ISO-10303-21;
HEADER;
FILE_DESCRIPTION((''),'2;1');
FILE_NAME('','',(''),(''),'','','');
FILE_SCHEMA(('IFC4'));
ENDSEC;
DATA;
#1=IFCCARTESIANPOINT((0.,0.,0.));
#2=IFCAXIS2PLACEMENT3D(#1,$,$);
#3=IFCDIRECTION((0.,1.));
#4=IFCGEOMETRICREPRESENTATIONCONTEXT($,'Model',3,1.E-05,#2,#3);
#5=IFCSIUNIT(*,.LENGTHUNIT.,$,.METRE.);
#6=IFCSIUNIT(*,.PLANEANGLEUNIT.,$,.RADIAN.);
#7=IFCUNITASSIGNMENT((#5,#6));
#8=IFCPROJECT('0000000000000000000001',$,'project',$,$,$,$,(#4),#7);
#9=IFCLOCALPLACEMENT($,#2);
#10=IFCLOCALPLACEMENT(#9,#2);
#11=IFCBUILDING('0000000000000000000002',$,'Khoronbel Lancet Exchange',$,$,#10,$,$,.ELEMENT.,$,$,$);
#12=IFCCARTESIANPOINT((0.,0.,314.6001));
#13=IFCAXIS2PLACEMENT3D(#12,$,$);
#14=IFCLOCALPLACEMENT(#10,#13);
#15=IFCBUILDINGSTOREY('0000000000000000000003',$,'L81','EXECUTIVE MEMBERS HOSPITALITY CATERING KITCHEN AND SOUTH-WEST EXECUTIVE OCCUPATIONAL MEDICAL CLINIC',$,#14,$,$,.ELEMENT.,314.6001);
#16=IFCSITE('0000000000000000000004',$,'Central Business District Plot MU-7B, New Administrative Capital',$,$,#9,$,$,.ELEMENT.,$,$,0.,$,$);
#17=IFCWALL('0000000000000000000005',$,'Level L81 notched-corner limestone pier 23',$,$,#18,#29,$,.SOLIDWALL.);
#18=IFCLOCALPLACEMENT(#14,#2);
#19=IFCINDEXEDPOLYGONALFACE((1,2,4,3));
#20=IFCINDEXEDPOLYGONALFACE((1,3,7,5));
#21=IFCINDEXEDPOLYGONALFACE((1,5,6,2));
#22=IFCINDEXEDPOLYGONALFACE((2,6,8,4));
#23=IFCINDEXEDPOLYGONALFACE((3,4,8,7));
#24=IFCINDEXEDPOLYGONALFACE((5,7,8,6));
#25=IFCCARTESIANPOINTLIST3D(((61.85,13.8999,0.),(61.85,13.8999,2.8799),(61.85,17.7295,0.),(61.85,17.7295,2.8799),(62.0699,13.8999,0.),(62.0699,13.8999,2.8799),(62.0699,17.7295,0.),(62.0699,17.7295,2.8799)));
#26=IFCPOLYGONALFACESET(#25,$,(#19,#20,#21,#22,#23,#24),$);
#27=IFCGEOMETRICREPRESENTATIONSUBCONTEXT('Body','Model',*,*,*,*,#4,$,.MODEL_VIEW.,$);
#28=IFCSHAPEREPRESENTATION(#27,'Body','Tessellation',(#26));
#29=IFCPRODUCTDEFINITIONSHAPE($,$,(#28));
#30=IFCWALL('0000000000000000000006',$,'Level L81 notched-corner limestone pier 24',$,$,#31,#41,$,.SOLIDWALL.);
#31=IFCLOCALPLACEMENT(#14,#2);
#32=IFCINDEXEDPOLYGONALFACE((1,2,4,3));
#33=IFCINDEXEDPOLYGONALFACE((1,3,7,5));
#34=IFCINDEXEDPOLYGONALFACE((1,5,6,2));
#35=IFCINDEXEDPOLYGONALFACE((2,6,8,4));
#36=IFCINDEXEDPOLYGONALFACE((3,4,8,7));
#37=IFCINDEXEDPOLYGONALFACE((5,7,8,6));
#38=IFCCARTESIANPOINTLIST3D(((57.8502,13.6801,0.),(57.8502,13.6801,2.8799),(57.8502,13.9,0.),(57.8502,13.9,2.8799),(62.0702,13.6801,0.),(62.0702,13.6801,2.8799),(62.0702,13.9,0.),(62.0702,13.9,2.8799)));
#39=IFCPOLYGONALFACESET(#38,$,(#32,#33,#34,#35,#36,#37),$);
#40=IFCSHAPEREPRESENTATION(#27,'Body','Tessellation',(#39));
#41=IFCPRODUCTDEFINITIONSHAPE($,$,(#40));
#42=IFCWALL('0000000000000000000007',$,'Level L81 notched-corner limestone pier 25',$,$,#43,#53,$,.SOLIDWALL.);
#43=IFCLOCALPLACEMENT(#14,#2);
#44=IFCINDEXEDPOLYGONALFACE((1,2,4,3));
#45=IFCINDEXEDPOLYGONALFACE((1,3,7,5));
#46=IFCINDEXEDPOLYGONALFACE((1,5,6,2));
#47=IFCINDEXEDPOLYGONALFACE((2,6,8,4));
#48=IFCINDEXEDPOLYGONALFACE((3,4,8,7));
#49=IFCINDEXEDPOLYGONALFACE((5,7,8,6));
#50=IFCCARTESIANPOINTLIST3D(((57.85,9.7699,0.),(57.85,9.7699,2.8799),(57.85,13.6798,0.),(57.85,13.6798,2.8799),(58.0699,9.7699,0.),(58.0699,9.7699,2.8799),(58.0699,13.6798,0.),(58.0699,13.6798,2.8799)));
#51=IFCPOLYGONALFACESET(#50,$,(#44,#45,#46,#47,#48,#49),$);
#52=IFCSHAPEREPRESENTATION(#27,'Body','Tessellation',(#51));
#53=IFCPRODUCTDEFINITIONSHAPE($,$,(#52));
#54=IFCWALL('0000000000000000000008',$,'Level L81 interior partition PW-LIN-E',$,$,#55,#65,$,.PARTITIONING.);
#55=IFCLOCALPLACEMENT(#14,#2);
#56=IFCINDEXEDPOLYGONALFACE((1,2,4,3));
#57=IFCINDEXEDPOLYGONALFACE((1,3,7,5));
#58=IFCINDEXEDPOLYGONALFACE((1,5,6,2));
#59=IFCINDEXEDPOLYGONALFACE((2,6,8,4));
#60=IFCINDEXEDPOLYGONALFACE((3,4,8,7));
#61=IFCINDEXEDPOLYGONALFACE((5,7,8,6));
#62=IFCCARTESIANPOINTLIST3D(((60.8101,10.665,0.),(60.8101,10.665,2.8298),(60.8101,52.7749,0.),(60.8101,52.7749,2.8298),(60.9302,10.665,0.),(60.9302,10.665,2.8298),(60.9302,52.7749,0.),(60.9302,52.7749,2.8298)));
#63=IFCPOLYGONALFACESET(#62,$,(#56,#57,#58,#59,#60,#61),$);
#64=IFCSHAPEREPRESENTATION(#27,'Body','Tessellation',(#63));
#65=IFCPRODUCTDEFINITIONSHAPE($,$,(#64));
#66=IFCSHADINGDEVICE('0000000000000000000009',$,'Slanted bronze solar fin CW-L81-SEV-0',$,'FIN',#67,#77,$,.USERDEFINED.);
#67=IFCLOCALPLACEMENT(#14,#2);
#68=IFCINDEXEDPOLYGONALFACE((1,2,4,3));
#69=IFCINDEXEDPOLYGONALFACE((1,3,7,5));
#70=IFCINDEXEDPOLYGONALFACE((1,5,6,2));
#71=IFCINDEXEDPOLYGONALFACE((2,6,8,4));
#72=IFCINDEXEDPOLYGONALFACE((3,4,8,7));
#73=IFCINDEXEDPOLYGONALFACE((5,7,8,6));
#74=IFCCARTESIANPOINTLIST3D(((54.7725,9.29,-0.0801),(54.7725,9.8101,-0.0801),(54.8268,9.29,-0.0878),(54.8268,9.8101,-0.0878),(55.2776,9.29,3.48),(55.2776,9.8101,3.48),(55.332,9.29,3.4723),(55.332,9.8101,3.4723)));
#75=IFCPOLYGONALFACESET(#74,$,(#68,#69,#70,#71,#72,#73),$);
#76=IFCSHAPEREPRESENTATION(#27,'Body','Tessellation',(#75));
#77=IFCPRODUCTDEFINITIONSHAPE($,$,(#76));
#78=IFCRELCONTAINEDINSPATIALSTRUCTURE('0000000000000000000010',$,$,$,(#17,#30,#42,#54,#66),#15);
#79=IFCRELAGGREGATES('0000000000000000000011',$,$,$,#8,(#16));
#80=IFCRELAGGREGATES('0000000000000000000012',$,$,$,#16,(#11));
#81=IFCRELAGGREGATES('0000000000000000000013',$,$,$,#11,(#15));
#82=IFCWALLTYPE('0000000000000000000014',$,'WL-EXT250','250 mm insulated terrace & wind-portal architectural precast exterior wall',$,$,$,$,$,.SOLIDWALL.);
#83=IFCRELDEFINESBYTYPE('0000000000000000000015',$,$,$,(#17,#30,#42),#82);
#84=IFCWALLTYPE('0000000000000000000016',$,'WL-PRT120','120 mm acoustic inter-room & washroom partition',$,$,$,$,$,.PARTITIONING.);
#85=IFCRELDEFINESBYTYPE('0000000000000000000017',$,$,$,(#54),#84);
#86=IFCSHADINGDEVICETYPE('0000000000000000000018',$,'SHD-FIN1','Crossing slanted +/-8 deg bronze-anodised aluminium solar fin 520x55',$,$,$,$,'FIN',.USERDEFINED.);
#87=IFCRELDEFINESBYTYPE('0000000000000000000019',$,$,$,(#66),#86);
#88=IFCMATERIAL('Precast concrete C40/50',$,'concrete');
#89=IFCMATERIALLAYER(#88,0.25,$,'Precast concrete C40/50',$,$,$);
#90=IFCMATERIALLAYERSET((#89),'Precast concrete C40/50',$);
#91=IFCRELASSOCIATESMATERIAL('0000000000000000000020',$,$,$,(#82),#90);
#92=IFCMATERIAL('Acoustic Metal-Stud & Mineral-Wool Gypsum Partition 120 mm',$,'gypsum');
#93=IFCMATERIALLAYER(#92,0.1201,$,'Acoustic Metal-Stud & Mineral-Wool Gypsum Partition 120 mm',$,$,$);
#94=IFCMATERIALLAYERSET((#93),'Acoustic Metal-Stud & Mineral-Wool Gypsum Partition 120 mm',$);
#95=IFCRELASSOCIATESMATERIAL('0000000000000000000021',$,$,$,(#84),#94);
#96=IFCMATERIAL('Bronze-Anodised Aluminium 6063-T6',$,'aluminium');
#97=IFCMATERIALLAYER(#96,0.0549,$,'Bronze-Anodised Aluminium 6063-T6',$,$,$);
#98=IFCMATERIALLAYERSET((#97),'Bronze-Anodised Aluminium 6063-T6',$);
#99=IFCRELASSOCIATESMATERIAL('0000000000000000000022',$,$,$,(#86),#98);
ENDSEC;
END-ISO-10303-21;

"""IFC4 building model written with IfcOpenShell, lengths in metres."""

from ifc_helpers import new_model, si_unit, direction, frame, frame_2d, origin, place, context, subcontext, project, spatial, polyline, rectangle, outline, extrude, material, layer, layer_set, type_object, element, save


model = new_model("IFC4")

# Units and contexts
model_context = context("Model", 3, precision=1e-05, world=origin(), true_north=direction((0.0, 1.0)))
body_context = subcontext(model_context, "Body", "Model", "MODEL_VIEW")
ifc_project = project(units=[si_unit("LENGTHUNIT", "METRE"), si_unit("PLANEANGLEUNIT", "RADIAN")], contexts=[model_context])

# Site, building, storey
site_placement = place(None, origin())
site = spatial("IfcSite", under=ifc_project, at=site_placement, Name="Central Business District Plot MU-7B, New Administrative Capital", CompositionType="ELEMENT", RefElevation=0.0)
building_placement = place(site_placement, origin())
building = spatial("IfcBuilding", under=site, at=building_placement, Name="Khoronbel Lancet Exchange", CompositionType="ELEMENT")
storey_placement = place(building_placement, frame((0.0, 0.0, 314.6001)))
storey = spatial("IfcBuildingStorey", under=building, at=storey_placement, Name="L81", Description="EXECUTIVE MEMBERS HOSPITALITY CATERING KITCHEN AND SOUTH-WEST EXECUTIVE OCCUPATIONAL MEDICAL CLINIC", CompositionType="ELEMENT", Elevation=314.6001)

# Shared definitions
ifc_material_1 = material(Name="Bronze-Anodised Aluminium 6063-T6", Category="aluminium")

# Walls
ifc_material_2 = material(Name="Precast concrete C40/50", Category="concrete")
ifc_layer_1 = layer(ifc_material_2, 0.25, Name="Precast concrete C40/50")
ifc_layer_set_1 = layer_set([ifc_layer_1], Name="Precast concrete C40/50")
wall_type_1 = type_object("IfcWallType", Name="WL-EXT250", Description="250 mm insulated terrace & wind-portal architectural precast exterior wall", PredefinedType="SOLIDWALL", material=ifc_layer_set_1)
wall_1_placement = place(storey_placement, frame((61.96, 17.7295, 0.0), z_axis=(0.0, 0.0, 1.0), x_axis=(0.0, -1.0, 0.0)))
element("IfcWall", 1, at=wall_1_placement, inside=storey, type_object=wall_type_1, Name="Level L81 notched-corner limestone pier 23", PredefinedType="SOLIDWALL", context=body_context, shape_type="SweptSolid", body=[
    extrude(rectangle(XDim=3.8296, YDim=0.22, at=frame_2d((1.9148, 0.0))), origin(), (0.0, 0.0, 1.0), 2.8799),
])
wall_2_placement = place(storey_placement, frame((62.0701, 13.79, 0.0), z_axis=(0.0, 0.0, 1.0), x_axis=(-1.0, 0.0, 0.0)))
element("IfcWall", 2, at=wall_2_placement, inside=storey, type_object=wall_type_1, Name="Level L81 notched-corner limestone pier 24", PredefinedType="SOLIDWALL", context=body_context, shape_type="SweptSolid", body=[
    extrude(rectangle(XDim=4.22, YDim=0.22, at=frame_2d((2.1099, 0.0))), origin(), (0.0, 0.0, 1.0), 2.8799),
])
wall_3_placement = place(storey_placement, frame((57.96, 13.6799, 0.0), z_axis=(0.0, 0.0, 1.0), x_axis=(0.0, -1.0, 0.0)))
element("IfcWall", 3, at=wall_3_placement, inside=storey, type_object=wall_type_1, Name="Level L81 notched-corner limestone pier 25", PredefinedType="SOLIDWALL", context=body_context, shape_type="SweptSolid", body=[
    extrude(rectangle(XDim=3.9099, YDim=0.22, at=frame_2d((1.9551, 0.0))), origin(), (0.0, 0.0, 1.0), 2.8799),
])
ifc_material_3 = material(Name="Acoustic Metal-Stud & Mineral-Wool Gypsum Partition 120 mm", Category="gypsum")
ifc_layer_2 = layer(ifc_material_3, 0.1201, Name="Acoustic Metal-Stud & Mineral-Wool Gypsum Partition 120 mm")
ifc_layer_set_2 = layer_set([ifc_layer_2], Name="Acoustic Metal-Stud & Mineral-Wool Gypsum Partition 120 mm")
wall_type_2 = type_object("IfcWallType", Name="WL-PRT120", Description="120 mm acoustic inter-room & washroom partition", PredefinedType="PARTITIONING", material=ifc_layer_set_2)
wall_4_placement = place(storey_placement, frame((60.8701, 10.665, 0.0), z_axis=(0.0, 0.0, 1.0), x_axis=(0.0, 1.0, 0.0)))
element("IfcWall", 4, at=wall_4_placement, inside=storey, type_object=wall_type_2, Name="Level L81 interior partition PW-LIN-E", PredefinedType="PARTITIONING", context=body_context, shape_type="SweptSolid", body=[
    extrude(rectangle(XDim=42.1099, YDim=0.1201, at=frame_2d((21.0549, 0.0))), origin(), (0.0, 0.0, 1.0), 2.8298),
])

# Shading device
ifc_layer_3 = layer(ifc_material_1, 0.0549, Name="Bronze-Anodised Aluminium 6063-T6")
ifc_layer_set_3 = layer_set([ifc_layer_3], Name="Bronze-Anodised Aluminium 6063-T6")
shading_device_type = type_object("IfcShadingDeviceType", Name="SHD-FIN1", Description="Crossing slanted +/-8 deg bronze-anodised aluminium solar fin 520x55", ElementType="FIN", PredefinedType="USERDEFINED", material=ifc_layer_set_3)
shading_device_placement = place(storey_placement, frame((54.7725, 9.8101, -0.0801), z_axis=(-0.990083, 0.0, 0.14048), x_axis=(0.0, -1.0, 0.0)))
element("IfcShadingDevice", 5, at=shading_device_placement, inside=storey, type_object=shading_device_type, Name="Slanted bronze solar fin CW-L81-SEV-0", ObjectType="FIN", PredefinedType="USERDEFINED", context=body_context, shape_type="SweptSolid", body=[
    extrude(outline(polyline([(0.0, 0.0), (0.52, 0.0), (0.52, 3.5957), (0.0, 3.5957), (0.0, 0.0)])), origin(), (0.0, 0.0, -1.0), 0.0549),
])

save(model, "model.ifc")
